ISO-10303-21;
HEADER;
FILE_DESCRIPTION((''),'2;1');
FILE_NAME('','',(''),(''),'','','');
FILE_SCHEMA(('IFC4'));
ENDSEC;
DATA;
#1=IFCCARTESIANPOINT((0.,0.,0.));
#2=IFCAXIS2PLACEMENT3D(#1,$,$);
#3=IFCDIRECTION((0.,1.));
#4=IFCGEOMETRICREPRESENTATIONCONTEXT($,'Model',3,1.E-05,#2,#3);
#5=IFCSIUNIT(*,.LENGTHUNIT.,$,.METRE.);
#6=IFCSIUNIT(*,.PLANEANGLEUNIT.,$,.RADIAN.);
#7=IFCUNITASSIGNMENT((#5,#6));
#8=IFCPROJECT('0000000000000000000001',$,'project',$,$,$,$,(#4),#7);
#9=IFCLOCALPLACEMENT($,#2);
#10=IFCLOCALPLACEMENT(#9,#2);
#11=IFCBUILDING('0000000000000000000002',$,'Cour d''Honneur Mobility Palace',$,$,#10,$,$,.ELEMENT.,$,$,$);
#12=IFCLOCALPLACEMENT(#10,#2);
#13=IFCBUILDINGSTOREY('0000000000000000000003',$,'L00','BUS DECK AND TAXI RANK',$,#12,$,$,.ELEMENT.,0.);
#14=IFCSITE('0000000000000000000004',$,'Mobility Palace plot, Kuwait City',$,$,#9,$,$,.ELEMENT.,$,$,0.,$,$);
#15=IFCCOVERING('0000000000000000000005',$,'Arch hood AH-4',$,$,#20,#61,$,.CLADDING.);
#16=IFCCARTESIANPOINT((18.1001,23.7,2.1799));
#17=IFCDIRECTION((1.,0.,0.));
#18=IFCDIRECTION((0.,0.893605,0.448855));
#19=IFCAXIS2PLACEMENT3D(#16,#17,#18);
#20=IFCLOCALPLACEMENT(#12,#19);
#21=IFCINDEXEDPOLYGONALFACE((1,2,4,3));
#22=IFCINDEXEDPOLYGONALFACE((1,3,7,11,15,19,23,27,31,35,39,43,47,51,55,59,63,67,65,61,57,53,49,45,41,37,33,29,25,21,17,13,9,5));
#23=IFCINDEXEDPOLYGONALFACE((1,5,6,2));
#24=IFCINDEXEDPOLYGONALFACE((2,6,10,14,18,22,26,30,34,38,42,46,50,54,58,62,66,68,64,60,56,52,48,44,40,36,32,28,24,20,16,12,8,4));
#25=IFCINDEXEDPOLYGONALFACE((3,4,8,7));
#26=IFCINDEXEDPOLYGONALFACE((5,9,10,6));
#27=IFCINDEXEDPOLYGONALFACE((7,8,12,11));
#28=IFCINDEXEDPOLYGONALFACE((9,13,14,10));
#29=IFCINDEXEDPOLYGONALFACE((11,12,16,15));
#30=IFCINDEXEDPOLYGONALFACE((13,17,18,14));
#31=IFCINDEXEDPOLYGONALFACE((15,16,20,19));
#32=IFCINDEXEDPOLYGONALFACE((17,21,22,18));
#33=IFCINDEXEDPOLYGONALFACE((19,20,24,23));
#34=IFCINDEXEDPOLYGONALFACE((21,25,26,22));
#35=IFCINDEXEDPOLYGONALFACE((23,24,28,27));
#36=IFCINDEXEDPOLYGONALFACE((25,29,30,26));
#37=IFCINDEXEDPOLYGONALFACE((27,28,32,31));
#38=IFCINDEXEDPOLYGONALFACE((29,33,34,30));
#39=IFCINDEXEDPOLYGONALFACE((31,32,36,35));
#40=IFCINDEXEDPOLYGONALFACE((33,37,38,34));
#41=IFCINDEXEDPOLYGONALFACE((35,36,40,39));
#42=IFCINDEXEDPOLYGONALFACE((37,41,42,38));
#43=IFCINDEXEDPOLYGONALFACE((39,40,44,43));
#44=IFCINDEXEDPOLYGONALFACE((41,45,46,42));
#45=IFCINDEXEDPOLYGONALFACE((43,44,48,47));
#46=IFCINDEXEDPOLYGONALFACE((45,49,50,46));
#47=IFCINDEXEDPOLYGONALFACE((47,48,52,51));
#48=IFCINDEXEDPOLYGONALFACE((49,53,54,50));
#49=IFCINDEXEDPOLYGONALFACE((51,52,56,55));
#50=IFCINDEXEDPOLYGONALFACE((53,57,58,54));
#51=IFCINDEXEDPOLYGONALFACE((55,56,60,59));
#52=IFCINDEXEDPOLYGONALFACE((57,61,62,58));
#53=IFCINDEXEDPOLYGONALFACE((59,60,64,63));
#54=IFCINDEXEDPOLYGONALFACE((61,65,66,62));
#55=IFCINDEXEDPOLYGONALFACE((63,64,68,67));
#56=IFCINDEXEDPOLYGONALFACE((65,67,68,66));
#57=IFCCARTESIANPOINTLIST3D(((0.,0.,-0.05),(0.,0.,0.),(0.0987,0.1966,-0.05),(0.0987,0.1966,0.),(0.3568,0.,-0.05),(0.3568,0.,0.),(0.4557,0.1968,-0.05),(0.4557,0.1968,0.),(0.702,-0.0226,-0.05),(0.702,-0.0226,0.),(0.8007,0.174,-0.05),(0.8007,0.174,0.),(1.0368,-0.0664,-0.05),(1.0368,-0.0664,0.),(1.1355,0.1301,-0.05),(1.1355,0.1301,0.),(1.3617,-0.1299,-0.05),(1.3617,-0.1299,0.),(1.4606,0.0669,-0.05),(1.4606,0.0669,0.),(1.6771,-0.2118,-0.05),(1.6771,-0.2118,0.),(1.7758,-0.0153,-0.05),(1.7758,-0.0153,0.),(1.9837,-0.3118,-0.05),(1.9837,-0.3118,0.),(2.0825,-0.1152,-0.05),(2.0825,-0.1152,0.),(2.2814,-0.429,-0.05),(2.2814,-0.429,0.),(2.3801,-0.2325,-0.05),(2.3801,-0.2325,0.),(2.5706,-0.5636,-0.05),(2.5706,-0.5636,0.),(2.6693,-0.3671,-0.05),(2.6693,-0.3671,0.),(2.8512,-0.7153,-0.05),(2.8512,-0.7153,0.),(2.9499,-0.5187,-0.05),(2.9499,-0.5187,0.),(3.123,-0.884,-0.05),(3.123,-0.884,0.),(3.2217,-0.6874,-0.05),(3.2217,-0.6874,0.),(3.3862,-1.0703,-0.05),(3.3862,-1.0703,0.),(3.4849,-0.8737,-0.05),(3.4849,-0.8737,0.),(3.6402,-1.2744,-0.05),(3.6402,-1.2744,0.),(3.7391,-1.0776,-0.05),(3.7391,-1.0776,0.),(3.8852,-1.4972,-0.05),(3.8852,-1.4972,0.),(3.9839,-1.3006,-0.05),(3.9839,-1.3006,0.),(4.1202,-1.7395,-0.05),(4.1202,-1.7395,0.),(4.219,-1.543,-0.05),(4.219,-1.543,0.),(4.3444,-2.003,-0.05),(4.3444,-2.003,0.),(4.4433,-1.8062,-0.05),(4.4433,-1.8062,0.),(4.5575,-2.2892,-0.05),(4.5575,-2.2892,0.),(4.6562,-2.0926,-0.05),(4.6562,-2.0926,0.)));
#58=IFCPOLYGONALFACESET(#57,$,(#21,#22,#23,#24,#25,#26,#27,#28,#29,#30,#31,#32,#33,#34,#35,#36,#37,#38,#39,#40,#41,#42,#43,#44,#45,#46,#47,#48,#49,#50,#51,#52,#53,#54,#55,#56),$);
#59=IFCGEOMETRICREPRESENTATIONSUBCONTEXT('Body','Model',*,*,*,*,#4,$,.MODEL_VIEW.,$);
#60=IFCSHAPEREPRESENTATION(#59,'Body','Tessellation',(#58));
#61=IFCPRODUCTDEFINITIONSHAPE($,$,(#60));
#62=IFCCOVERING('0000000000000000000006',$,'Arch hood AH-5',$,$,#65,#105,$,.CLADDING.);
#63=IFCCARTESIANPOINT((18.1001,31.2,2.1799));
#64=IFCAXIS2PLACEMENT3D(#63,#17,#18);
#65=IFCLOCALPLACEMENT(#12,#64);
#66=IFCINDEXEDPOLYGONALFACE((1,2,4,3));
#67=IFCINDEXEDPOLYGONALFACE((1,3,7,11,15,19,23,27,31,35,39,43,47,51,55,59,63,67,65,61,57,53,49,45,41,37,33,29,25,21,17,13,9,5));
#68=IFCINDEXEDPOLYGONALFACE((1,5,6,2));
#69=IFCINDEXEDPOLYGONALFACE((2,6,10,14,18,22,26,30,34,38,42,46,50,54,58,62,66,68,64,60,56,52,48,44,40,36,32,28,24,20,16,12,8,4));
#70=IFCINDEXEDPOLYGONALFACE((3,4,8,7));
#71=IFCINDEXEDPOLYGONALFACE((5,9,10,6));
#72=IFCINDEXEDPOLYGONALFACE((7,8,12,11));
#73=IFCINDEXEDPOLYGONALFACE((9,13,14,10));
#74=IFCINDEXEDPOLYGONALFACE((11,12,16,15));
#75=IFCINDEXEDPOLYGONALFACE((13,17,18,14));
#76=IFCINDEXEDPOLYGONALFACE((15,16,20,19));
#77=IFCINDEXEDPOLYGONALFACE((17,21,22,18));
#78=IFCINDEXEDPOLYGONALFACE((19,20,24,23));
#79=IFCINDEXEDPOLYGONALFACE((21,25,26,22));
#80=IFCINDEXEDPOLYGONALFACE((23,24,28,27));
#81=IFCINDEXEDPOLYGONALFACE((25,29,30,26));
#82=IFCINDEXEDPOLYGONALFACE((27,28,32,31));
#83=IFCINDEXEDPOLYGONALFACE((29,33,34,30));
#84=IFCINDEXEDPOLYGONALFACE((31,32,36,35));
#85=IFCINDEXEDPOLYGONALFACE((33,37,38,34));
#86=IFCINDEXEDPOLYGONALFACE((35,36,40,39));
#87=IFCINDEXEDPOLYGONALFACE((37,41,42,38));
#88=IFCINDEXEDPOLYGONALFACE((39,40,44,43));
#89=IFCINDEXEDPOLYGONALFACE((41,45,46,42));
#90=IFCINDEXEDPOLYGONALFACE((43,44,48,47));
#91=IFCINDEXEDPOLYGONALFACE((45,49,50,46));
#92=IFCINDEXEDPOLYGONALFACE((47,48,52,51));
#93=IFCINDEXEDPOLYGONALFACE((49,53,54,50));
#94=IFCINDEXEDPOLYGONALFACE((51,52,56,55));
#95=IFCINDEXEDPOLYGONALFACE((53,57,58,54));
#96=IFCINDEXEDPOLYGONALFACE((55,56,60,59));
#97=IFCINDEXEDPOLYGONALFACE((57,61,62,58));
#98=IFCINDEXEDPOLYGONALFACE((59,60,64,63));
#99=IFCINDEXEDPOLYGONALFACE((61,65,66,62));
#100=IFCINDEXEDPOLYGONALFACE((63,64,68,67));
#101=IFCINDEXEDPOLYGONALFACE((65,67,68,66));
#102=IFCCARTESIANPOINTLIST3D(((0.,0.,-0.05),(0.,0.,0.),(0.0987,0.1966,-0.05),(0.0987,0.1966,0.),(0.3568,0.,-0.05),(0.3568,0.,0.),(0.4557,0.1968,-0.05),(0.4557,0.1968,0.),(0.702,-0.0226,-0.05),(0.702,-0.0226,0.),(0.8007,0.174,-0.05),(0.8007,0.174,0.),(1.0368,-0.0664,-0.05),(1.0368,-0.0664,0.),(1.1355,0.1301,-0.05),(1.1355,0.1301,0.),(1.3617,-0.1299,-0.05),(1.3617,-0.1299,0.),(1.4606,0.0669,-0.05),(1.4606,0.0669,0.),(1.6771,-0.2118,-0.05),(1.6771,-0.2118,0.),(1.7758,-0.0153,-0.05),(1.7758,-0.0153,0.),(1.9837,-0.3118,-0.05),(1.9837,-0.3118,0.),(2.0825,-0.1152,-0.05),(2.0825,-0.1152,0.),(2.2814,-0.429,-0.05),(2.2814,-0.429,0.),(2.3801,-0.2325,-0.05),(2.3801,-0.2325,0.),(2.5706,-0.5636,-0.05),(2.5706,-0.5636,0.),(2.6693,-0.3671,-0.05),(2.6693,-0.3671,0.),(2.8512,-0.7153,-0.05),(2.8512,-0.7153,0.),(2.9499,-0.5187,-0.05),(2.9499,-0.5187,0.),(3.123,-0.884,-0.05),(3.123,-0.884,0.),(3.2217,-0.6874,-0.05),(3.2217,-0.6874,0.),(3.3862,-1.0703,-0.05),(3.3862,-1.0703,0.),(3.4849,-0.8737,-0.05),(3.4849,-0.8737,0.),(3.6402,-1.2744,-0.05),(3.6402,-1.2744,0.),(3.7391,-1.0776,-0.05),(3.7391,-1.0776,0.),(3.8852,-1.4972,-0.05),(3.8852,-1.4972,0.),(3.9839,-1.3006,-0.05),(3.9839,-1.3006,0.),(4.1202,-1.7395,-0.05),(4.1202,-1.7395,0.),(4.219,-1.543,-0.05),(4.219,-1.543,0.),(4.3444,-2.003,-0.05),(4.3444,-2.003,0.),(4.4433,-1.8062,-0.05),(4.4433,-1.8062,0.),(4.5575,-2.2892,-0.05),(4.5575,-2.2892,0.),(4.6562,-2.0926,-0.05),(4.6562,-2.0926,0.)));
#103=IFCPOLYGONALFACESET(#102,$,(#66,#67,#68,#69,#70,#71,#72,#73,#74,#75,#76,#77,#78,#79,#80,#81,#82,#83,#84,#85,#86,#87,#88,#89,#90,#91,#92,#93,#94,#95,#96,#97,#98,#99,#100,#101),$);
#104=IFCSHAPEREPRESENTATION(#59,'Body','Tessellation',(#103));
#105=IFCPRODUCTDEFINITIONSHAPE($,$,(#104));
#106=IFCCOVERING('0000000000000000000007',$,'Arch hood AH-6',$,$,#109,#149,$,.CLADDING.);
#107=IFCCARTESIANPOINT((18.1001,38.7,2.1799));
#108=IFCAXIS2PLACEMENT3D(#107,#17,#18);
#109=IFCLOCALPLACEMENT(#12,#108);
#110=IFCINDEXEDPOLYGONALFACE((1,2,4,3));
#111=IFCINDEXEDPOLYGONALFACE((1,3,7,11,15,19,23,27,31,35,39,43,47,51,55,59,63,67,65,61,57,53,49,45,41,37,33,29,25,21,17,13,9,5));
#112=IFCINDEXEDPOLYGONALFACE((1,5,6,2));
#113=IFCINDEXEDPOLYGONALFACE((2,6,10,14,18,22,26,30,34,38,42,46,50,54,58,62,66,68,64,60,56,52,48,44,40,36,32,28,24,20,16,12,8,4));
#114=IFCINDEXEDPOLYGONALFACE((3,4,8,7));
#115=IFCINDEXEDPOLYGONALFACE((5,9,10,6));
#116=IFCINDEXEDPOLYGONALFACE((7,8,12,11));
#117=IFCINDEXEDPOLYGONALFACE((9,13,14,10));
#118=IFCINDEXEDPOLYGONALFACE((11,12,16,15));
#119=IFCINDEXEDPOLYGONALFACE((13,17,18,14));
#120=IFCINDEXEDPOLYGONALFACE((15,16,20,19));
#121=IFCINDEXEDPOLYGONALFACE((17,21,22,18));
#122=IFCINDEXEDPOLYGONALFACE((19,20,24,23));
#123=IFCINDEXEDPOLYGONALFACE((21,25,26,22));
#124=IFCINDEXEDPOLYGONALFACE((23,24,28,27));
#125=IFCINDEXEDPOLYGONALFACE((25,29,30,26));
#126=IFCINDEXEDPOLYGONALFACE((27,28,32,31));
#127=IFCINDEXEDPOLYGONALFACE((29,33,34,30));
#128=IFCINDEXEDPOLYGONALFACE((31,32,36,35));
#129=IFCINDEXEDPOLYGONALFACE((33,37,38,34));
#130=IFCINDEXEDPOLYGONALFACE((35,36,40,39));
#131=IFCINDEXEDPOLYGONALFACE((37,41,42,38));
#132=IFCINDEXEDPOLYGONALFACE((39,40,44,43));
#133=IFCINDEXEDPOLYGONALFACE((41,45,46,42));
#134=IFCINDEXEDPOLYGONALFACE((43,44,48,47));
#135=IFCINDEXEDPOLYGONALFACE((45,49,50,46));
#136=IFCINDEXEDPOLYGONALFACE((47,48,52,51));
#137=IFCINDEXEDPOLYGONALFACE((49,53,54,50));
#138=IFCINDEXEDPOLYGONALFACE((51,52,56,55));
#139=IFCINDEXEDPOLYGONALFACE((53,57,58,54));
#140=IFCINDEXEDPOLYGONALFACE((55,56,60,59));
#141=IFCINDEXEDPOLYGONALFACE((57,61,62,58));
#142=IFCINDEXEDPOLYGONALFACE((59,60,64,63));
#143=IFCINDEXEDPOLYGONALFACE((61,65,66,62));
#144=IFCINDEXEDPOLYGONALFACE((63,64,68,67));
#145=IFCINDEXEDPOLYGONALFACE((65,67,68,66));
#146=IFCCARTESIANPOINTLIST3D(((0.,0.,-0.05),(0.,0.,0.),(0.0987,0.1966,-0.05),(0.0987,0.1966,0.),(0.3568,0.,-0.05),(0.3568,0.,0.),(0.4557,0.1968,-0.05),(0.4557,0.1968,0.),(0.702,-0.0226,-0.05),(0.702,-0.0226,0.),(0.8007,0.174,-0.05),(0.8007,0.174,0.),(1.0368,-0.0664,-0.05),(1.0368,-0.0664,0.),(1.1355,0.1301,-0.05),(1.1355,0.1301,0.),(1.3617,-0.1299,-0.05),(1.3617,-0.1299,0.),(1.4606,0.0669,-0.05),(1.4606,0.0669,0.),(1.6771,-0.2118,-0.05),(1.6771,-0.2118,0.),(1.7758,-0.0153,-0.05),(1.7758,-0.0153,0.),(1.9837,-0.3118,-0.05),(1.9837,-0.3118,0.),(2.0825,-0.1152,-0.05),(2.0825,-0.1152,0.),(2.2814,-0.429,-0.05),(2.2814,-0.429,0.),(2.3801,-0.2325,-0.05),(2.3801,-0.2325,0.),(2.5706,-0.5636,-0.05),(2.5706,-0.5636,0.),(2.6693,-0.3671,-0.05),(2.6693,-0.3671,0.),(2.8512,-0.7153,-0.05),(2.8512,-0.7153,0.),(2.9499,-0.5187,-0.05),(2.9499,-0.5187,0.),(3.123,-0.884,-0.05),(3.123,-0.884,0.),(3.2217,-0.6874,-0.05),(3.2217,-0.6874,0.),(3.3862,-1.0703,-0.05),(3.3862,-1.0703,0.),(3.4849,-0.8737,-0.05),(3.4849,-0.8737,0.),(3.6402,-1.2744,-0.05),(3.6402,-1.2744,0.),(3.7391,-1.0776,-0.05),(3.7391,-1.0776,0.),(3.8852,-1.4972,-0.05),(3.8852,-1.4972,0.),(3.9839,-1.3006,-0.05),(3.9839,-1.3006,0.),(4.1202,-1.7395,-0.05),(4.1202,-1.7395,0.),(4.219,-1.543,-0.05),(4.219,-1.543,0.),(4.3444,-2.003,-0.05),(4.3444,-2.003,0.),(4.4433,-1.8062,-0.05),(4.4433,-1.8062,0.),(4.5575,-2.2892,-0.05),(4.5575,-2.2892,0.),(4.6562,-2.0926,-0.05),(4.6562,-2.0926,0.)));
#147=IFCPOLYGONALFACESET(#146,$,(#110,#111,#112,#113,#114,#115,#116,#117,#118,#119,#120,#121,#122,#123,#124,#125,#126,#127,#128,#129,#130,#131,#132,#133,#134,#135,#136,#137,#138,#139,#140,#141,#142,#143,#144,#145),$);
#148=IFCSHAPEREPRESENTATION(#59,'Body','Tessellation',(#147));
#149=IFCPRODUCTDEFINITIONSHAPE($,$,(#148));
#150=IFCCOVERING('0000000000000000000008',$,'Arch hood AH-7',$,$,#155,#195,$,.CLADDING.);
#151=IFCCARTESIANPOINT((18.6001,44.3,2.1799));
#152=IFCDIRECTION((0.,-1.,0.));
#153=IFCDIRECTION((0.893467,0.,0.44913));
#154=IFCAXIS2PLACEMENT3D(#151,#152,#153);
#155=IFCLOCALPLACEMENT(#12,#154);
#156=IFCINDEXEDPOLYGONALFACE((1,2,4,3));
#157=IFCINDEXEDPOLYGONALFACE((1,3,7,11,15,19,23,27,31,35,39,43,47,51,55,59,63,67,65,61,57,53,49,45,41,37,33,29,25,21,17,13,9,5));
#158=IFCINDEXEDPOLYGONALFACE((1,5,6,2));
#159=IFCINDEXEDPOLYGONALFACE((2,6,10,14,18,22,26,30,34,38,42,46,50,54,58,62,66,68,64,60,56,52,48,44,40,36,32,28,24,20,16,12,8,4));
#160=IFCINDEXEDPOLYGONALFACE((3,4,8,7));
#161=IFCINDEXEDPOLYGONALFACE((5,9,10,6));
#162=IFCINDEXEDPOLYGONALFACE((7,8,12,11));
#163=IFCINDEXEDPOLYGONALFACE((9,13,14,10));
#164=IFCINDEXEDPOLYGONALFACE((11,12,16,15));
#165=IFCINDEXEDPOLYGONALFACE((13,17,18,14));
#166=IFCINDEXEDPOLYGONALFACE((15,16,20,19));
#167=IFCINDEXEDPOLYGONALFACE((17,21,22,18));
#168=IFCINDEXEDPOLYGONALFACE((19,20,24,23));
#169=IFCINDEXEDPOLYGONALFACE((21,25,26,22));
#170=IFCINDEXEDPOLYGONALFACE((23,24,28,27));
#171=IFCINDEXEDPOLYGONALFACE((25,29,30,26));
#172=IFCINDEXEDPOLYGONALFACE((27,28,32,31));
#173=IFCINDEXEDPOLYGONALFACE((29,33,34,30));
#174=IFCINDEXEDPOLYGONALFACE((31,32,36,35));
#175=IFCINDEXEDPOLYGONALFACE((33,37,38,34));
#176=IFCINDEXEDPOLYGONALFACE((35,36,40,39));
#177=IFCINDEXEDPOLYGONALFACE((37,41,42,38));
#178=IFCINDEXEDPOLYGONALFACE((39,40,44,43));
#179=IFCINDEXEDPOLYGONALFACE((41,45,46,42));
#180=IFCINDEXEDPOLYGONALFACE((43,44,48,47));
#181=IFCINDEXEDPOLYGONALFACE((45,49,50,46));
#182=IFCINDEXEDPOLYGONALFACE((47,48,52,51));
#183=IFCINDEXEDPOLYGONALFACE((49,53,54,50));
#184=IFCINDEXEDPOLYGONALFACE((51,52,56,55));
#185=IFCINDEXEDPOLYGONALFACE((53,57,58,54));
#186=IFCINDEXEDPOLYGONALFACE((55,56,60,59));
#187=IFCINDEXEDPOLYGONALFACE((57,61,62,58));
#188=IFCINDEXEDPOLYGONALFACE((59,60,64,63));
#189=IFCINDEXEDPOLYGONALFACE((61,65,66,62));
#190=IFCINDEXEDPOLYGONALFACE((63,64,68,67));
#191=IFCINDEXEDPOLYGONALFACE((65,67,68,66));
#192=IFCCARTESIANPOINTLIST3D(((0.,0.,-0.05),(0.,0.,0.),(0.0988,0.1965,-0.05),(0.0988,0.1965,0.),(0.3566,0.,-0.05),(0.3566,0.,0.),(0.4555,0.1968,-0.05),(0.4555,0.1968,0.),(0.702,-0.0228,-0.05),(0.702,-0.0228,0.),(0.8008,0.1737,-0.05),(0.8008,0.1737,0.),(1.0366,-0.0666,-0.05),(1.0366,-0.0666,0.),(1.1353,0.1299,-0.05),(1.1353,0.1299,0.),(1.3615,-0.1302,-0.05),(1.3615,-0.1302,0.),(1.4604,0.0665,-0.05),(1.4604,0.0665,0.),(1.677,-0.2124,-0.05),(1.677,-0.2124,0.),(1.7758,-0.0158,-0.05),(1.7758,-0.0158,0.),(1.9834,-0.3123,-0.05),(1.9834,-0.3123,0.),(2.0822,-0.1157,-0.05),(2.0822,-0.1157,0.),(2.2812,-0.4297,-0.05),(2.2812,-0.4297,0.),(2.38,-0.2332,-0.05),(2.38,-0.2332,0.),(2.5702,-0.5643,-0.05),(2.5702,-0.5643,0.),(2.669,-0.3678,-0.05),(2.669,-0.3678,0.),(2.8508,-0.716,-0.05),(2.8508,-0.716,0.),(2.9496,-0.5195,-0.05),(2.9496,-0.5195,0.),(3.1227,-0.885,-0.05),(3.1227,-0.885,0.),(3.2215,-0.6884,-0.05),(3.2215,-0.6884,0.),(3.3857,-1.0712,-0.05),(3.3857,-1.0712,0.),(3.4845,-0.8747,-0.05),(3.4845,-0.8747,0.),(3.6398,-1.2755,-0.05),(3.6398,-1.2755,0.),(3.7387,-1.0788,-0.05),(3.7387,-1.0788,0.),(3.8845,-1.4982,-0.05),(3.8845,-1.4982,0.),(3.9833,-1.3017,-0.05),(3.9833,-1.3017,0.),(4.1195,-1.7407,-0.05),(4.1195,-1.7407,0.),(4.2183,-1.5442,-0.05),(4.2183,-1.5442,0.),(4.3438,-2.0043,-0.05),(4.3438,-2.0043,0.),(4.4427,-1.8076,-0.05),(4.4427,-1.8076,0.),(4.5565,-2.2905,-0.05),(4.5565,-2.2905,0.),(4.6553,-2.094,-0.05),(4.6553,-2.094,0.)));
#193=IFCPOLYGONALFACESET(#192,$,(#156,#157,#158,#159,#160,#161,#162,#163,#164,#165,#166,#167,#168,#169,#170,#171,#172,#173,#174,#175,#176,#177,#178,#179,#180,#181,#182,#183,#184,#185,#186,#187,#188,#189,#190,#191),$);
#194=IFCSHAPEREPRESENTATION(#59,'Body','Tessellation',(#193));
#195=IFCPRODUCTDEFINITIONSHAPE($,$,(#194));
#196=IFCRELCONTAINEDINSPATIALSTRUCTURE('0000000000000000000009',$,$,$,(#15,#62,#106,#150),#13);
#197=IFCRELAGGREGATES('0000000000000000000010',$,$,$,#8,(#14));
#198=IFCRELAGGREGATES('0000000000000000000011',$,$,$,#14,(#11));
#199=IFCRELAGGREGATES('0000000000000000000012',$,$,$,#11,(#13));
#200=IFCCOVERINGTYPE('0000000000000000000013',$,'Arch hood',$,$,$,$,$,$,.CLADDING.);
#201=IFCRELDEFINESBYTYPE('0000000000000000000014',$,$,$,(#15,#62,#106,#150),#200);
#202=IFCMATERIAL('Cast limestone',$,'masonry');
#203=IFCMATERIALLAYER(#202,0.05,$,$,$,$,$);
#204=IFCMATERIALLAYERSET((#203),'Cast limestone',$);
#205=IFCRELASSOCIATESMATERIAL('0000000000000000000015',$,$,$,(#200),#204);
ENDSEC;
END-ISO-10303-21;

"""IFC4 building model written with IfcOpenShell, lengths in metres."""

from ifc_helpers import new_model, si_unit, direction, frame, origin, place, context, subcontext, project, spatial, polyline, outline, extrude, material, layer, layer_set, type_object, element, save


model = new_model("IFC4")

# Units and contexts
model_context = context("Model", 3, precision=1e-05, world=origin(), true_north=direction((0.0, 1.0)))
body_context = subcontext(model_context, "Body", "Model", "MODEL_VIEW")
ifc_project = project(units=[si_unit("LENGTHUNIT", "METRE"), si_unit("PLANEANGLEUNIT", "RADIAN")], contexts=[model_context])

# Site, building, storey
site_placement = place(None, origin())
site = spatial("IfcSite", under=ifc_project, at=site_placement, Name="Mobility Palace plot, Kuwait City", CompositionType="ELEMENT", RefElevation=0.0)
building_placement = place(site_placement, origin())
building = spatial("IfcBuilding", under=site, at=building_placement, Name="Cour d'Honneur Mobility Palace", CompositionType="ELEMENT")
storey_placement = place(building_placement, origin())
storey = spatial("IfcBuildingStorey", under=building, at=storey_placement, Name="L00", Description="BUS DECK AND TAXI RANK", CompositionType="ELEMENT", Elevation=0.0)

# Coverings
ifc_material_1 = material(Name="Cast limestone", Category="masonry")
ifc_layer_1 = layer(ifc_material_1, 0.05)
ifc_layer_set_1 = layer_set([ifc_layer_1], Name="Cast limestone")
covering_type_1 = type_object("IfcCoveringType", Name="Arch hood", PredefinedType="CLADDING", material=ifc_layer_set_1)
for number, where, z_axis, x_axis, name in (
    (1, (18.1001, 23.7, 2.1799), (1.0, 0.0, 0.0), (0.0, 0.893605, 0.448855), "Arch hood AH-4"),
    (2, (18.1001, 31.2, 2.1799), (1.0, 0.0, 0.0), (0.0, 0.893605, 0.448855), "Arch hood AH-5"),
    (3, (18.1001, 38.7, 2.1799), (1.0, 0.0, 0.0), (0.0, 0.893605, 0.448855), "Arch hood AH-6"),
):
    element("IfcCovering", number, at=place(storey_placement, frame(where, z_axis=z_axis, x_axis=x_axis)), inside=storey, type_object=covering_type_1, Name=name, PredefinedType="CLADDING", context=body_context, shape_type="SweptSolid", body=[
        extrude(outline(polyline([(0.0, 0.0), (0.3568, 0.0), (0.702, -0.0226), (1.0368, -0.0664), (1.3617, -0.1299), (1.6771, -0.2118), (1.9837, -0.3118), (2.2814, -0.429), (2.5706, -0.5636), (2.8512, -0.7153), (3.123, -0.884), (3.3862, -1.0703), (3.6402, -1.2744), (3.8852, -1.4972), (4.1202, -1.7395), (4.3444, -2.003), (4.5575, -2.2892), (4.6562, -2.0926), (4.4433, -1.8062), (4.219, -1.543), (3.9839, -1.3006), (3.7391, -1.0776), (3.4849, -0.8737), (3.2217, -0.6874), (2.9499, -0.5187), (2.6693, -0.3671), (2.3801, -0.2325), (2.0825, -0.1152), (1.7758, -0.0153), (1.4606, 0.0669), (1.1355, 0.1301), (0.8007, 0.174), (0.4557, 0.1968), (0.0987, 0.1966), (0.0, 0.0)])), origin(), (0.0, 0.0, -1.0), 0.05),
    ])
for number, where, z_axis, x_axis, name in (
    (4, (18.6001, 44.3, 2.1799), (0.0, -1.0, 0.0), (0.893467, 0.0, 0.44913), "Arch hood AH-7"),
):
    element("IfcCovering", number, at=place(storey_placement, frame(where, z_axis=z_axis, x_axis=x_axis)), inside=storey, type_object=covering_type_1, Name=name, PredefinedType="CLADDING", context=body_context, shape_type="SweptSolid", body=[
        extrude(outline(polyline([(0.0, 0.0), (0.3566, 0.0), (0.702, -0.0228), (1.0366, -0.0666), (1.3615, -0.1302), (1.677, -0.2124), (1.9834, -0.3123), (2.2812, -0.4297), (2.5702, -0.5643), (2.8508, -0.716), (3.1227, -0.885), (3.3857, -1.0712), (3.6398, -1.2755), (3.8845, -1.4982), (4.1195, -1.7407), (4.3438, -2.0043), (4.5565, -2.2905), (4.6553, -2.094), (4.4427, -1.8076), (4.2183, -1.5442), (3.9833, -1.3017), (3.7387, -1.0788), (3.4845, -0.8747), (3.2215, -0.6884), (2.9496, -0.5195), (2.669, -0.3678), (2.38, -0.2332), (2.0822, -0.1157), (1.7758, -0.0158), (1.4604, 0.0665), (1.1353, 0.1299), (0.8008, 0.1737), (0.4555, 0.1968), (0.0988, 0.1965), (0.0, 0.0)])), origin(), (0.0, 0.0, -1.0), 0.05),
    ])

save(model, "model.ifc")
